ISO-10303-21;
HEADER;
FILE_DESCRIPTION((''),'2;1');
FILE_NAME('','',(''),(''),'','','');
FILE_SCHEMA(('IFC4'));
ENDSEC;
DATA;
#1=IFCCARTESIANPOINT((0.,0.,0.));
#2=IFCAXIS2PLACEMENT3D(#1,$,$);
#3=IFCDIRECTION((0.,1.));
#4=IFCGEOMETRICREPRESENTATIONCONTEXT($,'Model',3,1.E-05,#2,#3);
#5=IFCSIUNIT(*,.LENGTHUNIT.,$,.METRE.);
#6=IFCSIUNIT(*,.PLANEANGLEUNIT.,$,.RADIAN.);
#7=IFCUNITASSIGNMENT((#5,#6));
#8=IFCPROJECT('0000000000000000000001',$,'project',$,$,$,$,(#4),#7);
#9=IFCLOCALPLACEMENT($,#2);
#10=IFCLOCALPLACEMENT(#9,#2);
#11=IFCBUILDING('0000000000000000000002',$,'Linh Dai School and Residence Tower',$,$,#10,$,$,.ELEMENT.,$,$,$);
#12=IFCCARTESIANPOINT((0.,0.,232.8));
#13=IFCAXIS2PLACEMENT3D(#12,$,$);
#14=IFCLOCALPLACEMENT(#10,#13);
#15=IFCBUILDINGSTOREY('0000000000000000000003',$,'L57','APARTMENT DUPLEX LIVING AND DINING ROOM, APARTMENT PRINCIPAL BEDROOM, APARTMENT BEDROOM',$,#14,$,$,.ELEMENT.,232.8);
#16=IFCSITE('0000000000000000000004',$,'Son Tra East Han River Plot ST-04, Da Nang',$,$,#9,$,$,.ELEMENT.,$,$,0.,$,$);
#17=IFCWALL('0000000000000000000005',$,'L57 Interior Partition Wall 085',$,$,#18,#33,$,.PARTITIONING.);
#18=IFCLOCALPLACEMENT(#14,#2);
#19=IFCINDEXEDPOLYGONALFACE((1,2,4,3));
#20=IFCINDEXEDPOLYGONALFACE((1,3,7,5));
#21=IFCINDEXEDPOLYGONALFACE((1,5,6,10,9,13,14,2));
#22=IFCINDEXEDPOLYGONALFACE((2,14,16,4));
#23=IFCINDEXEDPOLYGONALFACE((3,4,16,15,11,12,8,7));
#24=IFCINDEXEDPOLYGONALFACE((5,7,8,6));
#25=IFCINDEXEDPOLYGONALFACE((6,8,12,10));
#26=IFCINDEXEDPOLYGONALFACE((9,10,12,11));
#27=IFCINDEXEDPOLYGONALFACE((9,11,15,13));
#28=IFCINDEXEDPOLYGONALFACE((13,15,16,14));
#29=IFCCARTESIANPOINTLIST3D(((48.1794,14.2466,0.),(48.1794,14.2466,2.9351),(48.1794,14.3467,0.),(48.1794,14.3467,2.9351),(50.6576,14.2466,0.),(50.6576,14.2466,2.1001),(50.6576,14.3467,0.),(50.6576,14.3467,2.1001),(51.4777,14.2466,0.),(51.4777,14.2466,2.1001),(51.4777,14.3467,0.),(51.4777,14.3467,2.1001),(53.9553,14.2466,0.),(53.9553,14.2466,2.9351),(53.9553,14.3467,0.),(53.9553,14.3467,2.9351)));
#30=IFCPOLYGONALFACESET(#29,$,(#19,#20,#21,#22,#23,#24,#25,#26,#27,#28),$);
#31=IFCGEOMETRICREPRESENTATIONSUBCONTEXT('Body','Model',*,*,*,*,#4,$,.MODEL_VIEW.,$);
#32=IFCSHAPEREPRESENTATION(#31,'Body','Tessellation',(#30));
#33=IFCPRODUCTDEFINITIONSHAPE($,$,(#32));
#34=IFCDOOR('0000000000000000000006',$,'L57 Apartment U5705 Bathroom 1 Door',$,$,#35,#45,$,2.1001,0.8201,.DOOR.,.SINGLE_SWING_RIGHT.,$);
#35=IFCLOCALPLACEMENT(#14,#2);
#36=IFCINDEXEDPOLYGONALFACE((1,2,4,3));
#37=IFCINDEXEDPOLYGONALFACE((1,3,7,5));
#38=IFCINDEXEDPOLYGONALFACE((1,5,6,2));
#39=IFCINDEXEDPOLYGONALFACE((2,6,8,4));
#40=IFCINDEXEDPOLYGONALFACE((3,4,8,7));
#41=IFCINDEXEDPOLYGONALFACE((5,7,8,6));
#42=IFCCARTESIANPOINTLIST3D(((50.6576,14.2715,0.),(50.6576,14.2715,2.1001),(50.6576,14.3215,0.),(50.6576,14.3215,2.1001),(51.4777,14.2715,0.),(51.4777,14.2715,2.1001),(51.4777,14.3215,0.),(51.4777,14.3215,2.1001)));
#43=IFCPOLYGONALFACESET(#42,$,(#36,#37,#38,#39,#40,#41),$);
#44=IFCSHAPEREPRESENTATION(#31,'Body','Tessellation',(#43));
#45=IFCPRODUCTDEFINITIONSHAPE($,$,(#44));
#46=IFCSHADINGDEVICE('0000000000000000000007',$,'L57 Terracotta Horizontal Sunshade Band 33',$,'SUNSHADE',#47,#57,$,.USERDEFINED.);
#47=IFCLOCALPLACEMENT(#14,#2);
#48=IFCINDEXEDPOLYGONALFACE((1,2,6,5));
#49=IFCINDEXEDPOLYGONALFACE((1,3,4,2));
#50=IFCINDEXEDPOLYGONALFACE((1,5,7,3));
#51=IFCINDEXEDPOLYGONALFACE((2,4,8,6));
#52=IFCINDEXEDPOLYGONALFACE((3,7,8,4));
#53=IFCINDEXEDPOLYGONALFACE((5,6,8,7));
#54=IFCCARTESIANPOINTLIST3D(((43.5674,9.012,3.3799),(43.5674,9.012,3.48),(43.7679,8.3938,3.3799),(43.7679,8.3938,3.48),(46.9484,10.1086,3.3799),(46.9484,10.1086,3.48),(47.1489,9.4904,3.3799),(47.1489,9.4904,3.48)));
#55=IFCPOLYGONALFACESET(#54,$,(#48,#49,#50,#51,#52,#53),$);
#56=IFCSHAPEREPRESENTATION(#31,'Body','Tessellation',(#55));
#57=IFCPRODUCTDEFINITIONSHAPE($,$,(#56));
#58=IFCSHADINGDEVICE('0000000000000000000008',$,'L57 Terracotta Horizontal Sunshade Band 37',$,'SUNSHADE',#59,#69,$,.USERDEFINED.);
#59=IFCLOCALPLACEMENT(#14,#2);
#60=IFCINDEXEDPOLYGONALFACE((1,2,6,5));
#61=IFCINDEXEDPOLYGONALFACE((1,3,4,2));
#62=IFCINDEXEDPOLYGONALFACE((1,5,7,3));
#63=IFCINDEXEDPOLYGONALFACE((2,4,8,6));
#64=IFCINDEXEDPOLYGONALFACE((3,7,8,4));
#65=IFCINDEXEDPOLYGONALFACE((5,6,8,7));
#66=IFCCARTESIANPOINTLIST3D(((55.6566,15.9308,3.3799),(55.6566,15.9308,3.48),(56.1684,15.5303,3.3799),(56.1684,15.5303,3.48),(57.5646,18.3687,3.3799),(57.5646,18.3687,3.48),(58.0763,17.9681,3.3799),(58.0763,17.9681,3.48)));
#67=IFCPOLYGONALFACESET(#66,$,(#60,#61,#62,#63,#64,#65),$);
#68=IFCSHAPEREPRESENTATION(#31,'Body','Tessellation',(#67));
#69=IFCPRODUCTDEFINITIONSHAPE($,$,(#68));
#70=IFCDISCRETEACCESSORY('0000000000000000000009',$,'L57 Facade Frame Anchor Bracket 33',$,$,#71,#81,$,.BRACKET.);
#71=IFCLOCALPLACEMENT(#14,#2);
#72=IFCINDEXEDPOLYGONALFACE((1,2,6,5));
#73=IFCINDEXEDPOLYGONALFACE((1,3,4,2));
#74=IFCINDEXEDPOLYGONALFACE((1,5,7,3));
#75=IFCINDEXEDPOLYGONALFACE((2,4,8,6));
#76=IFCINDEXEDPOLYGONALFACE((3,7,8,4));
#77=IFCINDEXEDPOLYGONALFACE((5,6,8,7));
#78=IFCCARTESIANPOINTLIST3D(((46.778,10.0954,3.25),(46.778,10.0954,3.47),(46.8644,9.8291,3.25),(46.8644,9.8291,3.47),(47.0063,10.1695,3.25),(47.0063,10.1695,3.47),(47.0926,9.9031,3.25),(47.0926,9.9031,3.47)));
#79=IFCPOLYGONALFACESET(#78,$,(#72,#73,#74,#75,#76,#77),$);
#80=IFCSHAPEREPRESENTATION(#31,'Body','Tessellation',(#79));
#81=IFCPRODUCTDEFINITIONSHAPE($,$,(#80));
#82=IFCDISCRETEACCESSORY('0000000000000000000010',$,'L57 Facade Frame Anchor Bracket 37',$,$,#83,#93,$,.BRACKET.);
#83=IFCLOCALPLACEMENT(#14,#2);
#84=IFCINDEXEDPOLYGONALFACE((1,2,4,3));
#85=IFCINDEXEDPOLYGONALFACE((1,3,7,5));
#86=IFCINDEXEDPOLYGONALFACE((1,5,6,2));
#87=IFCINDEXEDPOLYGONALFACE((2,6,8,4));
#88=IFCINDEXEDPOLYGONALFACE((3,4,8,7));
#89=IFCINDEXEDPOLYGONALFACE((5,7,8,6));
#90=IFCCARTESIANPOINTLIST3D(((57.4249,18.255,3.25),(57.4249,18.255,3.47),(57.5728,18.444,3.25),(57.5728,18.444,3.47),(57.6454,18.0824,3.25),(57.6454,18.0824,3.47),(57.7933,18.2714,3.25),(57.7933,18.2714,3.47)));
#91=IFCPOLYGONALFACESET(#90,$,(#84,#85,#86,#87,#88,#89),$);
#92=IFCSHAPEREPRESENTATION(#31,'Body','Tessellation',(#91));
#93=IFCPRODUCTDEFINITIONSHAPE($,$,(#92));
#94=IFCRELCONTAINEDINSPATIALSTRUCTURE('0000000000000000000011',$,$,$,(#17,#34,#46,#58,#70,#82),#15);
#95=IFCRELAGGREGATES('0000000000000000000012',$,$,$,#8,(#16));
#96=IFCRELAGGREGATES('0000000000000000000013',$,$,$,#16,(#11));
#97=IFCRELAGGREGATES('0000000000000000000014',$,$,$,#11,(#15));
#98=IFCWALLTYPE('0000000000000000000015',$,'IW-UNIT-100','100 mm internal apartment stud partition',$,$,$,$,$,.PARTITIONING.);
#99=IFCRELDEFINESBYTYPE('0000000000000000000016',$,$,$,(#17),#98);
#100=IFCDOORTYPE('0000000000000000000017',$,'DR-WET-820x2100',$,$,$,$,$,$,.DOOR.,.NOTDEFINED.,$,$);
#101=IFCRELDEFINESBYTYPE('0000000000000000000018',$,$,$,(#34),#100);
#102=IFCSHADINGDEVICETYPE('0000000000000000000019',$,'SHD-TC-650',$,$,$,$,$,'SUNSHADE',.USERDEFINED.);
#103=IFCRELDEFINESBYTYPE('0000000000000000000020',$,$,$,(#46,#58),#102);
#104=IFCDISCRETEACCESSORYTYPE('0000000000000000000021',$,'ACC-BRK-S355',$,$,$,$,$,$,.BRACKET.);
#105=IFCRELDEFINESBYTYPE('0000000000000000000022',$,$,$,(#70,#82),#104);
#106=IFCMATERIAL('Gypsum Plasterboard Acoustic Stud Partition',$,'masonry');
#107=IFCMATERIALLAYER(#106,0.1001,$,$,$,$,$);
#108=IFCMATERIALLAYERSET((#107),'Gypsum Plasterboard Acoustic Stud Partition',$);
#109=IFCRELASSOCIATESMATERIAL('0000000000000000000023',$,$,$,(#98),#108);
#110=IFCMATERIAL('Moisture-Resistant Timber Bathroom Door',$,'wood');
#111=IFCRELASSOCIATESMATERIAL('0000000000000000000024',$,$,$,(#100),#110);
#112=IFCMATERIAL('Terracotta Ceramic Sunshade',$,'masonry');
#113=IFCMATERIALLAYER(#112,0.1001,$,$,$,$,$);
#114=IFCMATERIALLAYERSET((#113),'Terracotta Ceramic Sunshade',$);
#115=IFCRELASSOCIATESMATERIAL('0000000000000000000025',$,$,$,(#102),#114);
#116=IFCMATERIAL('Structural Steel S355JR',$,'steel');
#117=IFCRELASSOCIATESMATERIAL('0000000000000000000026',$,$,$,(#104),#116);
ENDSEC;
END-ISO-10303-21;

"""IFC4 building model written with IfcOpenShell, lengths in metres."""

from ifc_helpers import new_model, si_unit, direction, frame, frame_2d, origin, origin_2d, place, context, subcontext, project, spatial, rectangle, extrude, source, transform, mapped, material, layer, layer_set, type_object, element, fill, save


model = new_model("IFC4")

# Units and contexts
model_context = context("Model", 3, precision=1e-05, world=origin(), true_north=direction((0.0, 1.0)))
body_context = subcontext(model_context, "Body", "Model", "MODEL_VIEW")
ifc_project = project(units=[si_unit("LENGTHUNIT", "METRE"), si_unit("PLANEANGLEUNIT", "RADIAN")], contexts=[model_context])

# Site, building, storey
site_placement = place(None, origin())
site = spatial("IfcSite", under=ifc_project, at=site_placement, Name="Son Tra East Han River Plot ST-04, Da Nang", CompositionType="ELEMENT", RefElevation=0.0)
building_placement = place(site_placement, origin())
building = spatial("IfcBuilding", under=site, at=building_placement, Name="Linh Dai School and Residence Tower", CompositionType="ELEMENT")
storey_placement = place(building_placement, frame((0.0, 0.0, 232.8)))
storey = spatial("IfcBuildingStorey", under=building, at=storey_placement, Name="L57", Description="APARTMENT DUPLEX LIVING AND DINING ROOM, APARTMENT PRINCIPAL BEDROOM, APARTMENT BEDROOM", CompositionType="ELEMENT", Elevation=232.8)

# Shared definitions
ifc_material_1 = material(Name="Structural Steel S355JR", Category="steel")

# Shared definitions
ifc_material_2 = material(Name="Gypsum Plasterboard Acoustic Stud Partition", Category="masonry")
ifc_layer_1 = layer(ifc_material_2, 0.1001)
ifc_layer_set_1 = layer_set([ifc_layer_1], Name="Gypsum Plasterboard Acoustic Stud Partition")
wall_type_1 = type_object("IfcWallType", Name="IW-UNIT-100", Description="100 mm internal apartment stud partition", PredefinedType="PARTITIONING", material=ifc_layer_set_1)

# Wall, opening, door
wall_1_placement = place(storey_placement, frame((48.1794, 14.2966, 0.0), z_axis=(0.0, 0.0, 1.0), x_axis=(1.0, 0.0, 0.0)))
wall_1 = element("IfcWall", 1, at=wall_1_placement, inside=storey, type_object=wall_type_1, Name="L57 Interior Partition Wall 085", PredefinedType="PARTITIONING", context=body_context, shape_type="SweptSolid", body=[
    extrude(rectangle(XDim=5.7759, YDim=0.1001, at=frame_2d((2.8879, 0.0))), origin(), (0.0, 0.0, 1.0), 2.9351),
])
opening_1_placement = place(wall_1_placement, frame((2.478, 0.0, 0.0)))
opening_1 = element("IfcOpeningElement", 2, at=opening_1_placement, cuts=wall_1, PredefinedType="OPENING", context=body_context, shape_type="SweptSolid", body=[
    extrude(rectangle(XDim=0.8201, YDim=2.1001, at=origin_2d()), frame((0.4102, 0.0601, 1.05), z_axis=(0.0, -1.0, 0.0), x_axis=(1.0, 0.0, 0.0)), (0.0, 0.0, 1.0), 0.1201),
])
ifc_material_3 = material(Name="Moisture-Resistant Timber Bathroom Door", Category="wood")
door_type_1 = type_object("IfcDoorType", Name="DR-WET-820x2100", OperationType="NOTDEFINED", PredefinedType="DOOR", material=ifc_material_3)
shared_shape_1 = source(origin(), body_context, "Body", "SweptSolid", [
    extrude(rectangle(XDim=0.8201, YDim=2.1001, at=origin_2d()), frame((0.4102, 0.0249, 1.05), z_axis=(0.0, -1.0, 0.0), x_axis=(1.0, 0.0, 0.0)), (0.0, 0.0, 1.0), 0.05),
])
door_1_placement = place(opening_1_placement, origin())
door_1 = element("IfcDoor", 3, at=door_1_placement, inside=storey, type_object=door_type_1, Name="L57 Apartment U5705 Bathroom 1 Door", OperationType="SINGLE_SWING_RIGHT", OverallHeight=2.1001, OverallWidth=0.8201, PredefinedType="DOOR", context=body_context, shape_type="MappedRepresentation", body=[
    mapped(shared_shape_1, transform((0.0, 0.0, 0.0), x_axis=(1.0, 0.0, 0.0), y_axis=(0.0, 1.0, 0.0), z_axis=(0.0, 0.0, 1.0), scale=1.0)),
])
fill(opening_1, door_1)

# Shading devices
ifc_material_4 = material(Name="Terracotta Ceramic Sunshade", Category="masonry")
ifc_layer_2 = layer(ifc_material_4, 0.1001)
ifc_layer_set_2 = layer_set([ifc_layer_2], Name="Terracotta Ceramic Sunshade")
shading_device_type = type_object("IfcShadingDeviceType", Name="SHD-TC-650", ElementType="SUNSHADE", PredefinedType="USERDEFINED", material=ifc_layer_set_2)
shared_shape_2 = source(origin(), body_context, "Body", "SweptSolid", [
    extrude(rectangle(XDim=3.5544, YDim=0.6499, at=origin_2d()), origin(), (0.0, 0.0, 1.0), 0.1001),
])
shading_device_1_placement = place(storey_placement, frame((45.3582, 9.2512, 3.3799), z_axis=(0.0, 0.0, 1.0), x_axis=(-0.951224, -0.308501, 0.0)))
element("IfcShadingDevice", 4, at=shading_device_1_placement, inside=storey, type_object=shading_device_type, Name="L57 Terracotta Horizontal Sunshade Band 33", ObjectType="SUNSHADE", PredefinedType="USERDEFINED", context=body_context, shape_type="MappedRepresentation", body=[
    mapped(shared_shape_2, transform((0.0, 0.0, 0.0), x_axis=(1.0, 0.0, 0.0), y_axis=(0.0, 1.0, 0.0), z_axis=(0.0, 0.0, 1.0), scale=1.0)),
])
shared_shape_3 = source(origin(), body_context, "Body", "SweptSolid", [
    extrude(rectangle(XDim=3.0957, YDim=0.6499, at=origin_2d()), origin(), (0.0, 0.0, 1.0), 0.1001),
])
shading_device_2_placement = place(storey_placement, frame((56.8665, 16.9495, 3.3799), z_axis=(0.0, 0.0, 1.0), x_axis=(-0.616334, -0.787485, 0.0)))
element("IfcShadingDevice", 5, at=shading_device_2_placement, inside=storey, type_object=shading_device_type, Name="L57 Terracotta Horizontal Sunshade Band 37", ObjectType="SUNSHADE", PredefinedType="USERDEFINED", context=body_context, shape_type="MappedRepresentation", body=[
    mapped(shared_shape_3, transform((0.0, 0.0, 0.0), x_axis=(1.0, 0.0, 0.0), y_axis=(0.0, 1.0, 0.0), z_axis=(0.0, 0.0, 1.0), scale=1.0)),
])

# Discrete accessories
discrete_accessory_type = type_object("IfcDiscreteAccessoryType", Name="ACC-BRK-S355", PredefinedType="BRACKET", material=ifc_material_1)
shared_shape_4 = source(origin(), body_context, "Body", "SweptSolid", [
    extrude(rectangle(XDim=0.28, YDim=0.24, at=origin_2d()), origin(), (0.0, 0.0, 1.0), 0.22),
])
for number, where, z_axis, x_axis, name in (
    (6, (46.9353, 9.9993, 3.25), (0.0, 0.0, 1.0), (0.308501, -0.951224, 0.0), "L57 Facade Frame Anchor Bracket 33"),
    (7, (57.6091, 18.2632, 3.25), (0.0, 0.0, 1.0), (0.787485, -0.616334, 0.0), "L57 Facade Frame Anchor Bracket 37"),
):
    element("IfcDiscreteAccessory", number, at=place(storey_placement, frame(where, z_axis=z_axis, x_axis=x_axis)), inside=storey, type_object=discrete_accessory_type, Name=name, PredefinedType="BRACKET", context=body_context, shape_type="MappedRepresentation", body=[
        mapped(shared_shape_4, transform((0.0, 0.0, 0.0), x_axis=(1.0, 0.0, 0.0), y_axis=(0.0, 1.0, 0.0), z_axis=(0.0, 0.0, 1.0), scale=1.0)),
    ])

save(model, "model.ifc")
